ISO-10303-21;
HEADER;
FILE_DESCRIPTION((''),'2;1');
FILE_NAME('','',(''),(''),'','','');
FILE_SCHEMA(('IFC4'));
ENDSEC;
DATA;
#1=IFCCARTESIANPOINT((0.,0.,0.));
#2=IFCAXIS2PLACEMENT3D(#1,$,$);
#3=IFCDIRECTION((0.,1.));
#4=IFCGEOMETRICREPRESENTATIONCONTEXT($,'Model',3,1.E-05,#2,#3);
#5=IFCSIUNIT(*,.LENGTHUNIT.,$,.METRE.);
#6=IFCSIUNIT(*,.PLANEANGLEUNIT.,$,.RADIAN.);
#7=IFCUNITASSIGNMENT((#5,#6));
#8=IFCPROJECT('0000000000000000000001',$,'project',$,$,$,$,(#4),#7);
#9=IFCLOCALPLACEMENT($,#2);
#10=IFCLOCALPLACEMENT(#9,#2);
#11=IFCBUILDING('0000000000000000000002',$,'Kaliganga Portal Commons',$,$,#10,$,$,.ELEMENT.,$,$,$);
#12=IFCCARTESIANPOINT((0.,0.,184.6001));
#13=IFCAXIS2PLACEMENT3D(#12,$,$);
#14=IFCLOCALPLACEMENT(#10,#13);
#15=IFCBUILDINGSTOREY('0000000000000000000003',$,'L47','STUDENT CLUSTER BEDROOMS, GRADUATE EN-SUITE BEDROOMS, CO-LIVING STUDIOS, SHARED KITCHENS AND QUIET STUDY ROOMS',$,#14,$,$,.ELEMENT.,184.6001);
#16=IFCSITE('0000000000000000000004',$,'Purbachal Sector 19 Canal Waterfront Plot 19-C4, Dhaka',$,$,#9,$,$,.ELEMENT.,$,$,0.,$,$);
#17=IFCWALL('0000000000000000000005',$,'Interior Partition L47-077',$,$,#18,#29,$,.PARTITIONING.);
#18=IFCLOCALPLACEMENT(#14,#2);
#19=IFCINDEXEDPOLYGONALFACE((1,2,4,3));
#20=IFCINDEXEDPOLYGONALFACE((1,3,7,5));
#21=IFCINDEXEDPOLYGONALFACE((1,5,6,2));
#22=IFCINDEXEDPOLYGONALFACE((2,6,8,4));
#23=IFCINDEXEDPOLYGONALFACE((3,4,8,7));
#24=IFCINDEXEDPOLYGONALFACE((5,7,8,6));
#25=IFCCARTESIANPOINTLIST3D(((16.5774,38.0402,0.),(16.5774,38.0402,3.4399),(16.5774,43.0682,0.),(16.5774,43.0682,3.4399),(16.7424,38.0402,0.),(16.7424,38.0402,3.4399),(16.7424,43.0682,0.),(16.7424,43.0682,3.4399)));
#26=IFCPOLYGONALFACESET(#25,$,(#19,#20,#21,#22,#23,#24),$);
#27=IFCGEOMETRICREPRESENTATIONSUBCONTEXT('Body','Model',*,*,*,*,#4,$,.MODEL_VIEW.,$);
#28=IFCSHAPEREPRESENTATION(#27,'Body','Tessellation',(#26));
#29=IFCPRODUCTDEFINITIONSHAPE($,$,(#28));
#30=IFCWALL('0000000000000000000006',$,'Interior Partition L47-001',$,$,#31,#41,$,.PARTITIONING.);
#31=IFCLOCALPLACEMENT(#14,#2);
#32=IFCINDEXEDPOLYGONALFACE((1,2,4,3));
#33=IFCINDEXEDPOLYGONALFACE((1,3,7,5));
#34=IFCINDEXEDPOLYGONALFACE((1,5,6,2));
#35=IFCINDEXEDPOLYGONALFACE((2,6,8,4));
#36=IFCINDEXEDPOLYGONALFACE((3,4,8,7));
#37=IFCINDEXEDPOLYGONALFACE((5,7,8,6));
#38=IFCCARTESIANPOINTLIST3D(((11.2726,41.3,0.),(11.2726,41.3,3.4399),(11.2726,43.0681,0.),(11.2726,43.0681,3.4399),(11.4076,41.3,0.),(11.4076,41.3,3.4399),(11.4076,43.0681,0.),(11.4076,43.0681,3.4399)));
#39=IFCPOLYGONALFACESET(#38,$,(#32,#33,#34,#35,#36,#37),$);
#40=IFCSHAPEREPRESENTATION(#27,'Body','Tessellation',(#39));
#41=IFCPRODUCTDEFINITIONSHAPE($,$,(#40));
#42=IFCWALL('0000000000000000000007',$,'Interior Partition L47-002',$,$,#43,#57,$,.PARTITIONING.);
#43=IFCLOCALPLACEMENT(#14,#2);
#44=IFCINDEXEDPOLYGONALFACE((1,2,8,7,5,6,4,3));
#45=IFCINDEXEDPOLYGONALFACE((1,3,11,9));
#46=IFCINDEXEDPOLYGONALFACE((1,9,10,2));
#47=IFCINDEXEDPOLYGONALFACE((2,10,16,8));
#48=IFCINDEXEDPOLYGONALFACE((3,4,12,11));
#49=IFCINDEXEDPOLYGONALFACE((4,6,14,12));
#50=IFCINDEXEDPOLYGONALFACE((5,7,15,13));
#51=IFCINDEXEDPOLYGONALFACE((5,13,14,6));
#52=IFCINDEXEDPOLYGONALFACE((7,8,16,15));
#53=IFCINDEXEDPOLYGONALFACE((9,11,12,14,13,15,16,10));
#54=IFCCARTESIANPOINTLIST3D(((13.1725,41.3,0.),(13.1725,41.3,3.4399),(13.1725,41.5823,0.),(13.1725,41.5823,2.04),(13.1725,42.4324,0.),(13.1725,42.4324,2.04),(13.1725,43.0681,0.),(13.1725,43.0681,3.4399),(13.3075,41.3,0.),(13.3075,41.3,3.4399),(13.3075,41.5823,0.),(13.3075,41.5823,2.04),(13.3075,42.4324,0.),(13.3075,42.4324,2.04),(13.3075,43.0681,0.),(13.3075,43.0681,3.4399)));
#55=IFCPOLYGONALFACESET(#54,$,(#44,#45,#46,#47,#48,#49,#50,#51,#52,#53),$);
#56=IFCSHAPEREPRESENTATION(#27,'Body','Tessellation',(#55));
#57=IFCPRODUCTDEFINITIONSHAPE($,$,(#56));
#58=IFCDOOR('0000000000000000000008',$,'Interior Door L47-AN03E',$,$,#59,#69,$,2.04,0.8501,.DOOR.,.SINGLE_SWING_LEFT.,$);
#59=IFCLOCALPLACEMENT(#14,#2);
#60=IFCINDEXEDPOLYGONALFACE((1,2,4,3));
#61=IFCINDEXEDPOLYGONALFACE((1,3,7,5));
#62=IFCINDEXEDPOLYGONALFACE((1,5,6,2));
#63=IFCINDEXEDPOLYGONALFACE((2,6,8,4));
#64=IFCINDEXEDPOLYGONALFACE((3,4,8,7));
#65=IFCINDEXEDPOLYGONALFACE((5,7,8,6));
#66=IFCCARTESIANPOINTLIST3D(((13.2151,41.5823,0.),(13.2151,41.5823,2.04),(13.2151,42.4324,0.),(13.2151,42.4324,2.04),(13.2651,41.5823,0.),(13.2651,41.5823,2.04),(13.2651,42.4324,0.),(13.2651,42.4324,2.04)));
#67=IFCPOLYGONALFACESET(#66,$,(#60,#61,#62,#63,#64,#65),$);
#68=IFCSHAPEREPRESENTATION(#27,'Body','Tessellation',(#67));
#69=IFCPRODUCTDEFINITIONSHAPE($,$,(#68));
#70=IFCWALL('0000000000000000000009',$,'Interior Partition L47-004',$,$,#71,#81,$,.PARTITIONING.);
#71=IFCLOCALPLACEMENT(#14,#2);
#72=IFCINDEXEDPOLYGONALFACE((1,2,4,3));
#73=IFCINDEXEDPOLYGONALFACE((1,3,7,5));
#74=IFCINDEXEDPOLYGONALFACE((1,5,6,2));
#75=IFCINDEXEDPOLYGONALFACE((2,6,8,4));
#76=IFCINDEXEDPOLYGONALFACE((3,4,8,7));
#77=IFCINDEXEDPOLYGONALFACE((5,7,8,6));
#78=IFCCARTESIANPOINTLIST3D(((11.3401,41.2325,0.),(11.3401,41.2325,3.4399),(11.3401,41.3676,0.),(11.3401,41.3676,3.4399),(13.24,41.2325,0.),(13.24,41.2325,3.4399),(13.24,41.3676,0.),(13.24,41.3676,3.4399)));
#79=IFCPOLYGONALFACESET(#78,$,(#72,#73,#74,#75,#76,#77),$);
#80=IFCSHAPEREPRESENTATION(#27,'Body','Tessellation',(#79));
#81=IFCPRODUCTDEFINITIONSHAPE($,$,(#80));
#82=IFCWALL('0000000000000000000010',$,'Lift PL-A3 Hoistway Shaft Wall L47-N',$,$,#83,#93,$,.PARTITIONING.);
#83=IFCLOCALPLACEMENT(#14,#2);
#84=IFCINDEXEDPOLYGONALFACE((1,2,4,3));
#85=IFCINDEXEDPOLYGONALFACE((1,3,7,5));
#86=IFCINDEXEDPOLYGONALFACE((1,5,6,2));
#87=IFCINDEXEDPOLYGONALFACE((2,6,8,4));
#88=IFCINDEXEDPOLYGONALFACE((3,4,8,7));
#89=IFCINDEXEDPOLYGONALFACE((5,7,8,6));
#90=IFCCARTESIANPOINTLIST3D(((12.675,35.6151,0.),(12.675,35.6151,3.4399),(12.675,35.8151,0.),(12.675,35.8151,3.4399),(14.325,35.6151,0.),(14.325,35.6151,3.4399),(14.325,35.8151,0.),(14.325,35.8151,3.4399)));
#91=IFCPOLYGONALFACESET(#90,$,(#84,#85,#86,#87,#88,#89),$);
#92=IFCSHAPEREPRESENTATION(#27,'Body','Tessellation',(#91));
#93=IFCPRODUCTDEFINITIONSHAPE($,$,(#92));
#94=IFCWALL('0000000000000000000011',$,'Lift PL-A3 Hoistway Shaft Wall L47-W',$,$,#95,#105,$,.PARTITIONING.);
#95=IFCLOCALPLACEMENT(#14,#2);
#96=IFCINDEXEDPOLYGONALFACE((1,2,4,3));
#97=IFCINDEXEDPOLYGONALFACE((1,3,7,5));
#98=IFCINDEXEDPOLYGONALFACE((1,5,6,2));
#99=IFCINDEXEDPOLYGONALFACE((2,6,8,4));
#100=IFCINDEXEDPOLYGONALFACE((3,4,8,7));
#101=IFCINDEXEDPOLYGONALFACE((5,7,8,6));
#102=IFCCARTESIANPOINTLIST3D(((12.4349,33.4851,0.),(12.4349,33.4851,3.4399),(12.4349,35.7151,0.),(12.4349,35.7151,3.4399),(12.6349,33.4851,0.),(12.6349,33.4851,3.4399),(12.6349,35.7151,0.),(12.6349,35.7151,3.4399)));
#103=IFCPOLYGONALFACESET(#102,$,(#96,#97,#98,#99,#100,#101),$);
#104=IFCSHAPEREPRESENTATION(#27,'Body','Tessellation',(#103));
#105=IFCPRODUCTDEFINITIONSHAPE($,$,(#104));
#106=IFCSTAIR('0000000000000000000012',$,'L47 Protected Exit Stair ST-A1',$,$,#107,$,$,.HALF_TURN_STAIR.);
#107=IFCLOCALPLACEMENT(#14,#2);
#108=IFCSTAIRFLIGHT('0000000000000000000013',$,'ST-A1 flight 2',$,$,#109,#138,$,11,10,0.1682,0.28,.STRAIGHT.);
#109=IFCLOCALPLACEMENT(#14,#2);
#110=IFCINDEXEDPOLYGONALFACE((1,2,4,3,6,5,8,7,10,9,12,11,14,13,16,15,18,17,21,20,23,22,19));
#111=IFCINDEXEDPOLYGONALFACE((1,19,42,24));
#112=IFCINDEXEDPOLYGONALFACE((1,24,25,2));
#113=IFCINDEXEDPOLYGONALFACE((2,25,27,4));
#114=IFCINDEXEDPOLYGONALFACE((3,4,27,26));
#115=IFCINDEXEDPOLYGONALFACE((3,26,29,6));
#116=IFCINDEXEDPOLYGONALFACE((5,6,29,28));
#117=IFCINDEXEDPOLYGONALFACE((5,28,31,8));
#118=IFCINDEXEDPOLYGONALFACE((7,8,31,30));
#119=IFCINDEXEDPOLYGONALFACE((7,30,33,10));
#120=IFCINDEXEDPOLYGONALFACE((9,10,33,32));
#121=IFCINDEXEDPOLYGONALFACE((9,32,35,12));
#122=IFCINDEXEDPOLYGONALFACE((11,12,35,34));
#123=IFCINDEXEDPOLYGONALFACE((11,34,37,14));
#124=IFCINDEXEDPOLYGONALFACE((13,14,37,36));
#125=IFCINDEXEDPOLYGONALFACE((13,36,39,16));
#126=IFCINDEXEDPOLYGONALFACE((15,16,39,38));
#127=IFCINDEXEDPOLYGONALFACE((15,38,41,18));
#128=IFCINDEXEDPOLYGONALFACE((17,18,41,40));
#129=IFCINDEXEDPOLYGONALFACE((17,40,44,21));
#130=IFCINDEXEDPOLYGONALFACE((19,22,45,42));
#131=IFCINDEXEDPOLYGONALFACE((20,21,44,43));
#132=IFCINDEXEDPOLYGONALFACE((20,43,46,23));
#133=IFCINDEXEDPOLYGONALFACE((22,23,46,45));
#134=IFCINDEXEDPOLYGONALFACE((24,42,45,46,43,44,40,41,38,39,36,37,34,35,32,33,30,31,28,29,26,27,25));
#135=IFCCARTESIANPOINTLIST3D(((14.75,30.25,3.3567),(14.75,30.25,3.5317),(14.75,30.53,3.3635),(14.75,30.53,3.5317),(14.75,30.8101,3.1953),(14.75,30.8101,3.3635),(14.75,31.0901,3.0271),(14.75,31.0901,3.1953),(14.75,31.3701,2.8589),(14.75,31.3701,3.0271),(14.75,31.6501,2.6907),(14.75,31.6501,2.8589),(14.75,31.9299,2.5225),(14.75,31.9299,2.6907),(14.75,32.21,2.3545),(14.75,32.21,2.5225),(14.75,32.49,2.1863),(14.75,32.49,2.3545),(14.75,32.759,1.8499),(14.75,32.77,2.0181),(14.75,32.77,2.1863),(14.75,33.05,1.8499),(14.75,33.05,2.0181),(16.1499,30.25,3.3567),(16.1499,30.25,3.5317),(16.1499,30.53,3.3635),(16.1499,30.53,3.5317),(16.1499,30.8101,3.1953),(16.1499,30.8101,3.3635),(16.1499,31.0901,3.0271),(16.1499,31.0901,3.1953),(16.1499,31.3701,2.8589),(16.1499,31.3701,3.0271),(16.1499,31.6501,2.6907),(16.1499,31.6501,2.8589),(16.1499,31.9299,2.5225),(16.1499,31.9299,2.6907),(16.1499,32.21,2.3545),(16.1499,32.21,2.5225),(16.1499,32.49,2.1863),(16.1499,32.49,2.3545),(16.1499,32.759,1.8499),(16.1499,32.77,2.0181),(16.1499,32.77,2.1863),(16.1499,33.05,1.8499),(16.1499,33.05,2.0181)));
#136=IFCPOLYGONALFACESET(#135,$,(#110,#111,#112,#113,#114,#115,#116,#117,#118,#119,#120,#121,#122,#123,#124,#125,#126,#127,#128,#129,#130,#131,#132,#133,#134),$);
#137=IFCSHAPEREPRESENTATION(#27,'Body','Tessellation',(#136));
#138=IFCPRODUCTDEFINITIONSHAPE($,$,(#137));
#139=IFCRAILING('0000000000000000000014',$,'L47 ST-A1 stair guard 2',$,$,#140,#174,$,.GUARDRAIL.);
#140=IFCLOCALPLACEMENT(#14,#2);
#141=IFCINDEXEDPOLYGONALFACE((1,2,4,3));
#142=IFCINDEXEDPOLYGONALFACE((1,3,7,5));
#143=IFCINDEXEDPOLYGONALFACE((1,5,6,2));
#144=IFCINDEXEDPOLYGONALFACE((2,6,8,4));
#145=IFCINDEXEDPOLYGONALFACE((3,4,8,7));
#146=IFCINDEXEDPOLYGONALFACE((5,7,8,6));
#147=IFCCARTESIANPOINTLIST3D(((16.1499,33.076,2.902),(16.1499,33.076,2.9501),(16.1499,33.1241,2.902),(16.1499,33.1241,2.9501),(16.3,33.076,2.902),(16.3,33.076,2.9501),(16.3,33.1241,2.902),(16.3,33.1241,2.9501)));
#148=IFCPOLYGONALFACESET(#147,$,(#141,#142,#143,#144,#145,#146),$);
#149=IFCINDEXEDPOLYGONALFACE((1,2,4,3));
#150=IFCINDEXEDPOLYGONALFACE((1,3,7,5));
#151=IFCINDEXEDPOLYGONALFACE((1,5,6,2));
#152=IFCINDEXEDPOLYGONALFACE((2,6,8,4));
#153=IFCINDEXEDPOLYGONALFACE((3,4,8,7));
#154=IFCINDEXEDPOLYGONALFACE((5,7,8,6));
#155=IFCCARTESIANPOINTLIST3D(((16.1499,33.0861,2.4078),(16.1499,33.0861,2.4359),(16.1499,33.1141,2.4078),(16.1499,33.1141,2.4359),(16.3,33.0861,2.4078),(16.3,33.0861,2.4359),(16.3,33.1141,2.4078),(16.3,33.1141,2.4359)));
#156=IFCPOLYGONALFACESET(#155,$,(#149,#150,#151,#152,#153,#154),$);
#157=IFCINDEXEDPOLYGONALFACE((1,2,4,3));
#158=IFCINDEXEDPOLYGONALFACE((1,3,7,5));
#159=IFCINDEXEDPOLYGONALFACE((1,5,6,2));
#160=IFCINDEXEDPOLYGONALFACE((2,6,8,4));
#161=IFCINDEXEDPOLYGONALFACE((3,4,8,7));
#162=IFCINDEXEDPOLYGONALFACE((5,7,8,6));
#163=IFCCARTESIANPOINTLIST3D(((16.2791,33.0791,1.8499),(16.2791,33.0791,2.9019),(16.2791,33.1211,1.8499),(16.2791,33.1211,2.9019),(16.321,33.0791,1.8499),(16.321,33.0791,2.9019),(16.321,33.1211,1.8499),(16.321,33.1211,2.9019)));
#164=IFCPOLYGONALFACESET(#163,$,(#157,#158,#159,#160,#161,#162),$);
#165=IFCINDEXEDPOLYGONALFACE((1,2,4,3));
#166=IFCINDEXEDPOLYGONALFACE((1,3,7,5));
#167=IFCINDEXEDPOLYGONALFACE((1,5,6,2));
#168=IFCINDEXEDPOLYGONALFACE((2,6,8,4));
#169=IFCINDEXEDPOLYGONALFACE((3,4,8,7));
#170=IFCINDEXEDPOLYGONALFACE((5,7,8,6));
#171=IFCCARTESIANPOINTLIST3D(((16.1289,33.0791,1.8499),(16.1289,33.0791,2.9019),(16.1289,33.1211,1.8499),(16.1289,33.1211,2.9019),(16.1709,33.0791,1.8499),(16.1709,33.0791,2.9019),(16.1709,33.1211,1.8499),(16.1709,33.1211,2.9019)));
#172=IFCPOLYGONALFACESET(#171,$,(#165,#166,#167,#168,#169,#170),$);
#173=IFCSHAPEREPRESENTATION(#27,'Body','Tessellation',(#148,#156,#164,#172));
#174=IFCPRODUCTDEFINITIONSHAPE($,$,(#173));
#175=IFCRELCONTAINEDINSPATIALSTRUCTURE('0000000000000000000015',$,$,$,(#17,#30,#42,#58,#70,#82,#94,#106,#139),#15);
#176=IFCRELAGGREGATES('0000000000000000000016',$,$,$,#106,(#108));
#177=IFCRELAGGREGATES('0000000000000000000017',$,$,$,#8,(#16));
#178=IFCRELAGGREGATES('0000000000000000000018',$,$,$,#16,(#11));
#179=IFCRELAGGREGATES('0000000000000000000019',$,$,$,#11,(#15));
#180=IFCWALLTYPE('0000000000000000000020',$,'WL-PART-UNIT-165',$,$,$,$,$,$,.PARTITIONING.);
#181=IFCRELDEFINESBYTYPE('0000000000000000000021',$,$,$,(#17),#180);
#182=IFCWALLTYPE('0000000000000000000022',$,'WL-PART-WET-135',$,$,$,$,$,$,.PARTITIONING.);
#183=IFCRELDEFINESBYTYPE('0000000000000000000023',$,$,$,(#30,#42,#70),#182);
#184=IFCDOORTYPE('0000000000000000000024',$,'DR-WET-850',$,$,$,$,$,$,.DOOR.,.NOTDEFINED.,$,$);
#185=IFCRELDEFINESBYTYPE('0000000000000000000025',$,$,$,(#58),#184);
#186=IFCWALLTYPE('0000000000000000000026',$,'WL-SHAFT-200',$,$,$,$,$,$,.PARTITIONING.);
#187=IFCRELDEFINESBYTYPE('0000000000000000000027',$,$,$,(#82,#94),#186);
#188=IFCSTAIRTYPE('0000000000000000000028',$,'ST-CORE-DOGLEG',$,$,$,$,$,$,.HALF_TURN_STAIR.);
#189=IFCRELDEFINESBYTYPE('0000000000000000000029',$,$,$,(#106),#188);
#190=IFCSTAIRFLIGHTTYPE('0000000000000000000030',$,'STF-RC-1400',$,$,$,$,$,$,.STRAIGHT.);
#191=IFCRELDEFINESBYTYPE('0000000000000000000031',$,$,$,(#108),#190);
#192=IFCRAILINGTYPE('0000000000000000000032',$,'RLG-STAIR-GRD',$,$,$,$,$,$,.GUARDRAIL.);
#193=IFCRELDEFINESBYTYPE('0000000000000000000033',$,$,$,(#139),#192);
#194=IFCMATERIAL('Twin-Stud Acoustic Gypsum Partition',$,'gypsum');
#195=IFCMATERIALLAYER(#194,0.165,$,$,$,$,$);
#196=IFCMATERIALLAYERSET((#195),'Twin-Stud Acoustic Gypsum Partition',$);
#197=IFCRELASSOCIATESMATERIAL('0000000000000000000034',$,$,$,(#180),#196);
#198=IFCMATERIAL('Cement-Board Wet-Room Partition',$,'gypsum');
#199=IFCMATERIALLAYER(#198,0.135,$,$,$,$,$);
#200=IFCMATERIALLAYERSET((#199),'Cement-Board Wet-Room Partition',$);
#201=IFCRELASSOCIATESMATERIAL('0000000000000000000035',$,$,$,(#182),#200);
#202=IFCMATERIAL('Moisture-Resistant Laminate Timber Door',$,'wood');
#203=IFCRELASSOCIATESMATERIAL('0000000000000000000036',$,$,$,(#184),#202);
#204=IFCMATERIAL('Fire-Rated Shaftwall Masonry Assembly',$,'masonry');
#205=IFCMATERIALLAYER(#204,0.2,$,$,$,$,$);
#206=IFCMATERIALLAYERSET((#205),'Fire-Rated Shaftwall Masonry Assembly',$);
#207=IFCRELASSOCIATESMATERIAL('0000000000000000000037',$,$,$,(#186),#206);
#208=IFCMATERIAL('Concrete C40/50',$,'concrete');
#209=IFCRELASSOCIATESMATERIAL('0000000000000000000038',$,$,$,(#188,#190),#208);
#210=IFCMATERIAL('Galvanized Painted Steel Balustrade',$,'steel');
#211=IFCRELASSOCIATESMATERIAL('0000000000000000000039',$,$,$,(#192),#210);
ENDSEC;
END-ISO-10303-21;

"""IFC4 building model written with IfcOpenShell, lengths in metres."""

from ifc_helpers import new_model, si_unit, direction, frame, frame_2d, origin, origin_2d, place, context, subcontext, project, spatial, polyline, rectangle, outline, extrude, material, layer, layer_set, type_object, element, fill, aggregate, save


model = new_model("IFC4")

# Units and contexts
model_context = context("Model", 3, precision=1e-05, world=origin(), true_north=direction((0.0, 1.0)))
body_context = subcontext(model_context, "Body", "Model", "MODEL_VIEW")
ifc_project = project(units=[si_unit("LENGTHUNIT", "METRE"), si_unit("PLANEANGLEUNIT", "RADIAN")], contexts=[model_context])

# Site, building, storey
site_placement = place(None, origin())
site = spatial("IfcSite", under=ifc_project, at=site_placement, Name="Purbachal Sector 19 Canal Waterfront Plot 19-C4, Dhaka", CompositionType="ELEMENT", RefElevation=0.0)
building_placement = place(site_placement, origin())
building = spatial("IfcBuilding", under=site, at=building_placement, Name="Kaliganga Portal Commons", CompositionType="ELEMENT")
storey_placement = place(building_placement, frame((0.0, 0.0, 184.6001)))
storey = spatial("IfcBuildingStorey", under=building, at=storey_placement, Name="L47", Description="STUDENT CLUSTER BEDROOMS, GRADUATE EN-SUITE BEDROOMS, CO-LIVING STUDIOS, SHARED KITCHENS AND QUIET STUDY ROOMS", CompositionType="ELEMENT", Elevation=184.6001)

# Walls
ifc_material_1 = material(Name="Twin-Stud Acoustic Gypsum Partition", Category="gypsum")
ifc_layer_1 = layer(ifc_material_1, 0.165)
ifc_layer_set_1 = layer_set([ifc_layer_1], Name="Twin-Stud Acoustic Gypsum Partition")
wall_type_1 = type_object("IfcWallType", Name="WL-PART-UNIT-165", PredefinedType="PARTITIONING", material=ifc_layer_set_1)
wall_1_placement = place(storey_placement, frame((16.6599, 38.04, 0.0), z_axis=(0.0, 0.0, 1.0), x_axis=(0.0, 1.0, 0.0)))
element("IfcWall", 1, at=wall_1_placement, inside=storey, type_object=wall_type_1, Name="Interior Partition L47-077", PredefinedType="PARTITIONING", context=body_context, shape_type="SweptSolid", body=[
    extrude(rectangle(XDim=5.0281, YDim=0.165, at=frame_2d((2.5142, 0.0))), origin(), (0.0, 0.0, 1.0), 3.4399),
])
ifc_material_2 = material(Name="Cement-Board Wet-Room Partition", Category="gypsum")
ifc_layer_2 = layer(ifc_material_2, 0.135)
ifc_layer_set_2 = layer_set([ifc_layer_2], Name="Cement-Board Wet-Room Partition")
wall_type_2 = type_object("IfcWallType", Name="WL-PART-WET-135", PredefinedType="PARTITIONING", material=ifc_layer_set_2)
wall_2_placement = place(storey_placement, frame((11.3401, 41.3, 0.0), z_axis=(0.0, 0.0, 1.0), x_axis=(0.0, 1.0, 0.0)))
element("IfcWall", 2, at=wall_2_placement, inside=storey, type_object=wall_type_2, Name="Interior Partition L47-001", PredefinedType="PARTITIONING", context=body_context, shape_type="SweptSolid", body=[
    extrude(rectangle(XDim=1.7681, YDim=0.135, at=frame_2d((0.884, 0.0))), origin(), (0.0, 0.0, 1.0), 3.4399),
])

# Wall, opening, door
wall_3_placement = place(storey_placement, frame((13.24, 41.3, 0.0), z_axis=(0.0, 0.0, 1.0), x_axis=(0.0, 1.0, 0.0)))
wall_3 = element("IfcWall", 3, at=wall_3_placement, inside=storey, type_object=wall_type_2, Name="Interior Partition L47-002", PredefinedType="PARTITIONING", context=body_context, shape_type="SweptSolid", body=[
    extrude(rectangle(XDim=1.7681, YDim=0.135, at=frame_2d((0.884, 0.0))), origin(), (0.0, 0.0, 1.0), 3.4399),
])
opening_1_placement = place(wall_3_placement, frame((0.2822, 0.0, 0.0)))
opening_1 = element("IfcOpeningElement", 4, at=opening_1_placement, cuts=wall_3, PredefinedType="OPENING", context=body_context, shape_type="SweptSolid", body=[
    extrude(rectangle(XDim=0.8501, YDim=2.04, at=frame_2d((0.425, 1.02))), frame((0.0, 0.0776, 0.0), z_axis=(0.0, -1.0, 0.0), x_axis=(1.0, 0.0, 0.0)), (0.0, 0.0, 1.0), 0.155),
])
ifc_material_3 = material(Name="Moisture-Resistant Laminate Timber Door", Category="wood")
door_type_1 = type_object("IfcDoorType", Name="DR-WET-850", OperationType="NOTDEFINED", PredefinedType="DOOR", material=ifc_material_3)
door_1_placement = place(opening_1_placement, origin())
door_1 = element("IfcDoor", 5, at=door_1_placement, inside=storey, type_object=door_type_1, Name="Interior Door L47-AN03E", OperationType="SINGLE_SWING_LEFT", OverallHeight=2.04, OverallWidth=0.8501, PredefinedType="DOOR", context=body_context, shape_type="SweptSolid", body=[
    extrude(rectangle(XDim=0.8501, YDim=2.04, at=frame_2d((0.425, 1.02))), frame((0.0, 0.0249, 0.0), z_axis=(0.0, -1.0, 0.0), x_axis=(1.0, 0.0, 0.0)), (0.0, 0.0, 1.0), 0.05),
])
fill(opening_1, door_1)

# Wall
wall_4_placement = place(storey_placement, frame((11.3401, 41.3, 0.0), z_axis=(0.0, 0.0, 1.0), x_axis=(1.0, 0.0, 0.0)))
element("IfcWall", 6, at=wall_4_placement, inside=storey, type_object=wall_type_2, Name="Interior Partition L47-004", PredefinedType="PARTITIONING", context=body_context, shape_type="SweptSolid", body=[
    extrude(rectangle(XDim=1.8999, YDim=0.135, at=frame_2d((0.95, 0.0))), origin(), (0.0, 0.0, 1.0), 3.4399),
])

# Shared definitions
ifc_material_4 = material(Name="Fire-Rated Shaftwall Masonry Assembly", Category="masonry")
ifc_layer_3 = layer(ifc_material_4, 0.2)
ifc_layer_set_3 = layer_set([ifc_layer_3], Name="Fire-Rated Shaftwall Masonry Assembly")
wall_type_3 = type_object("IfcWallType", Name="WL-SHAFT-200", PredefinedType="PARTITIONING", material=ifc_layer_set_3)

# Walls
wall_5_placement = place(storey_placement, frame((12.675, 35.7151, 0.0), z_axis=(0.0, 0.0, 1.0), x_axis=(1.0, 0.0, 0.0)))
element("IfcWall", 7, at=wall_5_placement, inside=storey, type_object=wall_type_3, Name="Lift PL-A3 Hoistway Shaft Wall L47-N", PredefinedType="PARTITIONING", context=body_context, shape_type="SweptSolid", body=[
    extrude(rectangle(XDim=1.6499, YDim=0.2, at=frame_2d((0.825, 0.0))), origin(), (0.0, 0.0, 1.0), 3.4399),
])
wall_6_placement = place(storey_placement, frame((12.5349, 33.4851, 0.0), z_axis=(0.0, 0.0, 1.0), x_axis=(0.0, 1.0, 0.0)))
element("IfcWall", 8, at=wall_6_placement, inside=storey, type_object=wall_type_3, Name="Lift PL-A3 Hoistway Shaft Wall L47-W", PredefinedType="PARTITIONING", context=body_context, shape_type="SweptSolid", body=[
    extrude(rectangle(XDim=2.23, YDim=0.2, at=frame_2d((1.115, 0.0))), origin(), (0.0, 0.0, 1.0), 3.4399),
])

# Stair, stair flight
ifc_material_5 = material(Name="Concrete C40/50", Category="concrete")
stair_type = type_object("IfcStairType", Name="ST-CORE-DOGLEG", PredefinedType="HALF_TURN_STAIR", material=ifc_material_5)
stair_placement = place(storey_placement, origin())
stair = element("IfcStair", 9, at=stair_placement, inside=storey, type_object=stair_type, Name="L47 Protected Exit Stair ST-A1", PredefinedType="HALF_TURN_STAIR")
stair_flight_type = type_object("IfcStairFlightType", Name="STF-RC-1400", PredefinedType="STRAIGHT", material=ifc_material_5)
stair_flight_placement = place(storey_placement, frame((15.45, 33.05, 1.8499), z_axis=(0.0, 0.0, 1.0), x_axis=(0.0, -1.0, 0.0)))
stair_flight = element("IfcStairFlight", 10, at=stair_flight_placement, type_object=stair_flight_type, Name="ST-A1 flight 2", NumberOfRisers=11, NumberOfTreads=10, PredefinedType="STRAIGHT", RiserHeight=0.1682, TreadLength=0.28, context=body_context, shape_type="SweptSolid", body=[
    extrude(outline(polyline([(0.0, 0.0), (0.0, 0.1682), (0.28, 0.1682), (0.28, 0.3364), (0.5601, 0.3364), (0.5601, 0.5046), (0.8401, 0.5046), (0.8401, 0.6726), (1.1201, 0.6726), (1.1201, 0.8408), (1.3999, 0.8408), (1.3999, 1.009), (1.6799, 1.009), (1.6799, 1.1772), (1.96, 1.1772), (1.96, 1.3455), (2.24, 1.3455), (2.24, 1.5137), (2.52, 1.5137), (2.52, 1.6819), (2.8, 1.6819), (2.8, 1.8501), (2.8, 1.5068), (0.291, 0.0), (0.0, 0.0)])), frame((0.0, 0.7, 0.0), z_axis=(0.0, -1.0, 0.0), x_axis=(1.0, 0.0, 0.0)), (0.0, 0.0, 1.0), 1.3999),
])
aggregate(stair, [stair_flight])

# Railing
ifc_material_6 = material(Name="Galvanized Painted Steel Balustrade", Category="steel")
railing_type_1 = type_object("IfcRailingType", Name="RLG-STAIR-GRD", PredefinedType="GUARDRAIL", material=ifc_material_6)
railing_1_placement = place(storey_placement, frame((16.3, 33.1001, 1.8499)))
element("IfcRailing", 11, at=railing_1_placement, inside=storey, type_object=railing_type_1, Name="L47 ST-A1 stair guard 2", PredefinedType="GUARDRAIL", context=body_context, shape_type="SweptSolid", body=[
    extrude(rectangle(XDim=0.0481, YDim=0.0481, at=origin_2d()), frame((0.0, 0.0, 1.0762), z_axis=(-1.0, 0.0, 0.0), x_axis=(0.0, -1.0, 0.0)), (0.0, 0.0, 1.0), 0.1501),
    extrude(rectangle(XDim=0.0281, YDim=0.0281, at=origin_2d()), frame((0.0, 0.0, 0.572), z_axis=(-1.0, 0.0, 0.0), x_axis=(0.0, -1.0, 0.0)), (0.0, 0.0, 1.0), 0.1501),
    extrude(rectangle(XDim=0.042, YDim=0.042, at=origin_2d()), origin(), (0.0, 0.0, 1.0), 1.052),
    extrude(rectangle(XDim=0.042, YDim=0.042, at=origin_2d()), frame((-0.1501, 0.0, 0.0)), (0.0, 0.0, 1.0), 1.052),
])

save(model, "model.ifc")
